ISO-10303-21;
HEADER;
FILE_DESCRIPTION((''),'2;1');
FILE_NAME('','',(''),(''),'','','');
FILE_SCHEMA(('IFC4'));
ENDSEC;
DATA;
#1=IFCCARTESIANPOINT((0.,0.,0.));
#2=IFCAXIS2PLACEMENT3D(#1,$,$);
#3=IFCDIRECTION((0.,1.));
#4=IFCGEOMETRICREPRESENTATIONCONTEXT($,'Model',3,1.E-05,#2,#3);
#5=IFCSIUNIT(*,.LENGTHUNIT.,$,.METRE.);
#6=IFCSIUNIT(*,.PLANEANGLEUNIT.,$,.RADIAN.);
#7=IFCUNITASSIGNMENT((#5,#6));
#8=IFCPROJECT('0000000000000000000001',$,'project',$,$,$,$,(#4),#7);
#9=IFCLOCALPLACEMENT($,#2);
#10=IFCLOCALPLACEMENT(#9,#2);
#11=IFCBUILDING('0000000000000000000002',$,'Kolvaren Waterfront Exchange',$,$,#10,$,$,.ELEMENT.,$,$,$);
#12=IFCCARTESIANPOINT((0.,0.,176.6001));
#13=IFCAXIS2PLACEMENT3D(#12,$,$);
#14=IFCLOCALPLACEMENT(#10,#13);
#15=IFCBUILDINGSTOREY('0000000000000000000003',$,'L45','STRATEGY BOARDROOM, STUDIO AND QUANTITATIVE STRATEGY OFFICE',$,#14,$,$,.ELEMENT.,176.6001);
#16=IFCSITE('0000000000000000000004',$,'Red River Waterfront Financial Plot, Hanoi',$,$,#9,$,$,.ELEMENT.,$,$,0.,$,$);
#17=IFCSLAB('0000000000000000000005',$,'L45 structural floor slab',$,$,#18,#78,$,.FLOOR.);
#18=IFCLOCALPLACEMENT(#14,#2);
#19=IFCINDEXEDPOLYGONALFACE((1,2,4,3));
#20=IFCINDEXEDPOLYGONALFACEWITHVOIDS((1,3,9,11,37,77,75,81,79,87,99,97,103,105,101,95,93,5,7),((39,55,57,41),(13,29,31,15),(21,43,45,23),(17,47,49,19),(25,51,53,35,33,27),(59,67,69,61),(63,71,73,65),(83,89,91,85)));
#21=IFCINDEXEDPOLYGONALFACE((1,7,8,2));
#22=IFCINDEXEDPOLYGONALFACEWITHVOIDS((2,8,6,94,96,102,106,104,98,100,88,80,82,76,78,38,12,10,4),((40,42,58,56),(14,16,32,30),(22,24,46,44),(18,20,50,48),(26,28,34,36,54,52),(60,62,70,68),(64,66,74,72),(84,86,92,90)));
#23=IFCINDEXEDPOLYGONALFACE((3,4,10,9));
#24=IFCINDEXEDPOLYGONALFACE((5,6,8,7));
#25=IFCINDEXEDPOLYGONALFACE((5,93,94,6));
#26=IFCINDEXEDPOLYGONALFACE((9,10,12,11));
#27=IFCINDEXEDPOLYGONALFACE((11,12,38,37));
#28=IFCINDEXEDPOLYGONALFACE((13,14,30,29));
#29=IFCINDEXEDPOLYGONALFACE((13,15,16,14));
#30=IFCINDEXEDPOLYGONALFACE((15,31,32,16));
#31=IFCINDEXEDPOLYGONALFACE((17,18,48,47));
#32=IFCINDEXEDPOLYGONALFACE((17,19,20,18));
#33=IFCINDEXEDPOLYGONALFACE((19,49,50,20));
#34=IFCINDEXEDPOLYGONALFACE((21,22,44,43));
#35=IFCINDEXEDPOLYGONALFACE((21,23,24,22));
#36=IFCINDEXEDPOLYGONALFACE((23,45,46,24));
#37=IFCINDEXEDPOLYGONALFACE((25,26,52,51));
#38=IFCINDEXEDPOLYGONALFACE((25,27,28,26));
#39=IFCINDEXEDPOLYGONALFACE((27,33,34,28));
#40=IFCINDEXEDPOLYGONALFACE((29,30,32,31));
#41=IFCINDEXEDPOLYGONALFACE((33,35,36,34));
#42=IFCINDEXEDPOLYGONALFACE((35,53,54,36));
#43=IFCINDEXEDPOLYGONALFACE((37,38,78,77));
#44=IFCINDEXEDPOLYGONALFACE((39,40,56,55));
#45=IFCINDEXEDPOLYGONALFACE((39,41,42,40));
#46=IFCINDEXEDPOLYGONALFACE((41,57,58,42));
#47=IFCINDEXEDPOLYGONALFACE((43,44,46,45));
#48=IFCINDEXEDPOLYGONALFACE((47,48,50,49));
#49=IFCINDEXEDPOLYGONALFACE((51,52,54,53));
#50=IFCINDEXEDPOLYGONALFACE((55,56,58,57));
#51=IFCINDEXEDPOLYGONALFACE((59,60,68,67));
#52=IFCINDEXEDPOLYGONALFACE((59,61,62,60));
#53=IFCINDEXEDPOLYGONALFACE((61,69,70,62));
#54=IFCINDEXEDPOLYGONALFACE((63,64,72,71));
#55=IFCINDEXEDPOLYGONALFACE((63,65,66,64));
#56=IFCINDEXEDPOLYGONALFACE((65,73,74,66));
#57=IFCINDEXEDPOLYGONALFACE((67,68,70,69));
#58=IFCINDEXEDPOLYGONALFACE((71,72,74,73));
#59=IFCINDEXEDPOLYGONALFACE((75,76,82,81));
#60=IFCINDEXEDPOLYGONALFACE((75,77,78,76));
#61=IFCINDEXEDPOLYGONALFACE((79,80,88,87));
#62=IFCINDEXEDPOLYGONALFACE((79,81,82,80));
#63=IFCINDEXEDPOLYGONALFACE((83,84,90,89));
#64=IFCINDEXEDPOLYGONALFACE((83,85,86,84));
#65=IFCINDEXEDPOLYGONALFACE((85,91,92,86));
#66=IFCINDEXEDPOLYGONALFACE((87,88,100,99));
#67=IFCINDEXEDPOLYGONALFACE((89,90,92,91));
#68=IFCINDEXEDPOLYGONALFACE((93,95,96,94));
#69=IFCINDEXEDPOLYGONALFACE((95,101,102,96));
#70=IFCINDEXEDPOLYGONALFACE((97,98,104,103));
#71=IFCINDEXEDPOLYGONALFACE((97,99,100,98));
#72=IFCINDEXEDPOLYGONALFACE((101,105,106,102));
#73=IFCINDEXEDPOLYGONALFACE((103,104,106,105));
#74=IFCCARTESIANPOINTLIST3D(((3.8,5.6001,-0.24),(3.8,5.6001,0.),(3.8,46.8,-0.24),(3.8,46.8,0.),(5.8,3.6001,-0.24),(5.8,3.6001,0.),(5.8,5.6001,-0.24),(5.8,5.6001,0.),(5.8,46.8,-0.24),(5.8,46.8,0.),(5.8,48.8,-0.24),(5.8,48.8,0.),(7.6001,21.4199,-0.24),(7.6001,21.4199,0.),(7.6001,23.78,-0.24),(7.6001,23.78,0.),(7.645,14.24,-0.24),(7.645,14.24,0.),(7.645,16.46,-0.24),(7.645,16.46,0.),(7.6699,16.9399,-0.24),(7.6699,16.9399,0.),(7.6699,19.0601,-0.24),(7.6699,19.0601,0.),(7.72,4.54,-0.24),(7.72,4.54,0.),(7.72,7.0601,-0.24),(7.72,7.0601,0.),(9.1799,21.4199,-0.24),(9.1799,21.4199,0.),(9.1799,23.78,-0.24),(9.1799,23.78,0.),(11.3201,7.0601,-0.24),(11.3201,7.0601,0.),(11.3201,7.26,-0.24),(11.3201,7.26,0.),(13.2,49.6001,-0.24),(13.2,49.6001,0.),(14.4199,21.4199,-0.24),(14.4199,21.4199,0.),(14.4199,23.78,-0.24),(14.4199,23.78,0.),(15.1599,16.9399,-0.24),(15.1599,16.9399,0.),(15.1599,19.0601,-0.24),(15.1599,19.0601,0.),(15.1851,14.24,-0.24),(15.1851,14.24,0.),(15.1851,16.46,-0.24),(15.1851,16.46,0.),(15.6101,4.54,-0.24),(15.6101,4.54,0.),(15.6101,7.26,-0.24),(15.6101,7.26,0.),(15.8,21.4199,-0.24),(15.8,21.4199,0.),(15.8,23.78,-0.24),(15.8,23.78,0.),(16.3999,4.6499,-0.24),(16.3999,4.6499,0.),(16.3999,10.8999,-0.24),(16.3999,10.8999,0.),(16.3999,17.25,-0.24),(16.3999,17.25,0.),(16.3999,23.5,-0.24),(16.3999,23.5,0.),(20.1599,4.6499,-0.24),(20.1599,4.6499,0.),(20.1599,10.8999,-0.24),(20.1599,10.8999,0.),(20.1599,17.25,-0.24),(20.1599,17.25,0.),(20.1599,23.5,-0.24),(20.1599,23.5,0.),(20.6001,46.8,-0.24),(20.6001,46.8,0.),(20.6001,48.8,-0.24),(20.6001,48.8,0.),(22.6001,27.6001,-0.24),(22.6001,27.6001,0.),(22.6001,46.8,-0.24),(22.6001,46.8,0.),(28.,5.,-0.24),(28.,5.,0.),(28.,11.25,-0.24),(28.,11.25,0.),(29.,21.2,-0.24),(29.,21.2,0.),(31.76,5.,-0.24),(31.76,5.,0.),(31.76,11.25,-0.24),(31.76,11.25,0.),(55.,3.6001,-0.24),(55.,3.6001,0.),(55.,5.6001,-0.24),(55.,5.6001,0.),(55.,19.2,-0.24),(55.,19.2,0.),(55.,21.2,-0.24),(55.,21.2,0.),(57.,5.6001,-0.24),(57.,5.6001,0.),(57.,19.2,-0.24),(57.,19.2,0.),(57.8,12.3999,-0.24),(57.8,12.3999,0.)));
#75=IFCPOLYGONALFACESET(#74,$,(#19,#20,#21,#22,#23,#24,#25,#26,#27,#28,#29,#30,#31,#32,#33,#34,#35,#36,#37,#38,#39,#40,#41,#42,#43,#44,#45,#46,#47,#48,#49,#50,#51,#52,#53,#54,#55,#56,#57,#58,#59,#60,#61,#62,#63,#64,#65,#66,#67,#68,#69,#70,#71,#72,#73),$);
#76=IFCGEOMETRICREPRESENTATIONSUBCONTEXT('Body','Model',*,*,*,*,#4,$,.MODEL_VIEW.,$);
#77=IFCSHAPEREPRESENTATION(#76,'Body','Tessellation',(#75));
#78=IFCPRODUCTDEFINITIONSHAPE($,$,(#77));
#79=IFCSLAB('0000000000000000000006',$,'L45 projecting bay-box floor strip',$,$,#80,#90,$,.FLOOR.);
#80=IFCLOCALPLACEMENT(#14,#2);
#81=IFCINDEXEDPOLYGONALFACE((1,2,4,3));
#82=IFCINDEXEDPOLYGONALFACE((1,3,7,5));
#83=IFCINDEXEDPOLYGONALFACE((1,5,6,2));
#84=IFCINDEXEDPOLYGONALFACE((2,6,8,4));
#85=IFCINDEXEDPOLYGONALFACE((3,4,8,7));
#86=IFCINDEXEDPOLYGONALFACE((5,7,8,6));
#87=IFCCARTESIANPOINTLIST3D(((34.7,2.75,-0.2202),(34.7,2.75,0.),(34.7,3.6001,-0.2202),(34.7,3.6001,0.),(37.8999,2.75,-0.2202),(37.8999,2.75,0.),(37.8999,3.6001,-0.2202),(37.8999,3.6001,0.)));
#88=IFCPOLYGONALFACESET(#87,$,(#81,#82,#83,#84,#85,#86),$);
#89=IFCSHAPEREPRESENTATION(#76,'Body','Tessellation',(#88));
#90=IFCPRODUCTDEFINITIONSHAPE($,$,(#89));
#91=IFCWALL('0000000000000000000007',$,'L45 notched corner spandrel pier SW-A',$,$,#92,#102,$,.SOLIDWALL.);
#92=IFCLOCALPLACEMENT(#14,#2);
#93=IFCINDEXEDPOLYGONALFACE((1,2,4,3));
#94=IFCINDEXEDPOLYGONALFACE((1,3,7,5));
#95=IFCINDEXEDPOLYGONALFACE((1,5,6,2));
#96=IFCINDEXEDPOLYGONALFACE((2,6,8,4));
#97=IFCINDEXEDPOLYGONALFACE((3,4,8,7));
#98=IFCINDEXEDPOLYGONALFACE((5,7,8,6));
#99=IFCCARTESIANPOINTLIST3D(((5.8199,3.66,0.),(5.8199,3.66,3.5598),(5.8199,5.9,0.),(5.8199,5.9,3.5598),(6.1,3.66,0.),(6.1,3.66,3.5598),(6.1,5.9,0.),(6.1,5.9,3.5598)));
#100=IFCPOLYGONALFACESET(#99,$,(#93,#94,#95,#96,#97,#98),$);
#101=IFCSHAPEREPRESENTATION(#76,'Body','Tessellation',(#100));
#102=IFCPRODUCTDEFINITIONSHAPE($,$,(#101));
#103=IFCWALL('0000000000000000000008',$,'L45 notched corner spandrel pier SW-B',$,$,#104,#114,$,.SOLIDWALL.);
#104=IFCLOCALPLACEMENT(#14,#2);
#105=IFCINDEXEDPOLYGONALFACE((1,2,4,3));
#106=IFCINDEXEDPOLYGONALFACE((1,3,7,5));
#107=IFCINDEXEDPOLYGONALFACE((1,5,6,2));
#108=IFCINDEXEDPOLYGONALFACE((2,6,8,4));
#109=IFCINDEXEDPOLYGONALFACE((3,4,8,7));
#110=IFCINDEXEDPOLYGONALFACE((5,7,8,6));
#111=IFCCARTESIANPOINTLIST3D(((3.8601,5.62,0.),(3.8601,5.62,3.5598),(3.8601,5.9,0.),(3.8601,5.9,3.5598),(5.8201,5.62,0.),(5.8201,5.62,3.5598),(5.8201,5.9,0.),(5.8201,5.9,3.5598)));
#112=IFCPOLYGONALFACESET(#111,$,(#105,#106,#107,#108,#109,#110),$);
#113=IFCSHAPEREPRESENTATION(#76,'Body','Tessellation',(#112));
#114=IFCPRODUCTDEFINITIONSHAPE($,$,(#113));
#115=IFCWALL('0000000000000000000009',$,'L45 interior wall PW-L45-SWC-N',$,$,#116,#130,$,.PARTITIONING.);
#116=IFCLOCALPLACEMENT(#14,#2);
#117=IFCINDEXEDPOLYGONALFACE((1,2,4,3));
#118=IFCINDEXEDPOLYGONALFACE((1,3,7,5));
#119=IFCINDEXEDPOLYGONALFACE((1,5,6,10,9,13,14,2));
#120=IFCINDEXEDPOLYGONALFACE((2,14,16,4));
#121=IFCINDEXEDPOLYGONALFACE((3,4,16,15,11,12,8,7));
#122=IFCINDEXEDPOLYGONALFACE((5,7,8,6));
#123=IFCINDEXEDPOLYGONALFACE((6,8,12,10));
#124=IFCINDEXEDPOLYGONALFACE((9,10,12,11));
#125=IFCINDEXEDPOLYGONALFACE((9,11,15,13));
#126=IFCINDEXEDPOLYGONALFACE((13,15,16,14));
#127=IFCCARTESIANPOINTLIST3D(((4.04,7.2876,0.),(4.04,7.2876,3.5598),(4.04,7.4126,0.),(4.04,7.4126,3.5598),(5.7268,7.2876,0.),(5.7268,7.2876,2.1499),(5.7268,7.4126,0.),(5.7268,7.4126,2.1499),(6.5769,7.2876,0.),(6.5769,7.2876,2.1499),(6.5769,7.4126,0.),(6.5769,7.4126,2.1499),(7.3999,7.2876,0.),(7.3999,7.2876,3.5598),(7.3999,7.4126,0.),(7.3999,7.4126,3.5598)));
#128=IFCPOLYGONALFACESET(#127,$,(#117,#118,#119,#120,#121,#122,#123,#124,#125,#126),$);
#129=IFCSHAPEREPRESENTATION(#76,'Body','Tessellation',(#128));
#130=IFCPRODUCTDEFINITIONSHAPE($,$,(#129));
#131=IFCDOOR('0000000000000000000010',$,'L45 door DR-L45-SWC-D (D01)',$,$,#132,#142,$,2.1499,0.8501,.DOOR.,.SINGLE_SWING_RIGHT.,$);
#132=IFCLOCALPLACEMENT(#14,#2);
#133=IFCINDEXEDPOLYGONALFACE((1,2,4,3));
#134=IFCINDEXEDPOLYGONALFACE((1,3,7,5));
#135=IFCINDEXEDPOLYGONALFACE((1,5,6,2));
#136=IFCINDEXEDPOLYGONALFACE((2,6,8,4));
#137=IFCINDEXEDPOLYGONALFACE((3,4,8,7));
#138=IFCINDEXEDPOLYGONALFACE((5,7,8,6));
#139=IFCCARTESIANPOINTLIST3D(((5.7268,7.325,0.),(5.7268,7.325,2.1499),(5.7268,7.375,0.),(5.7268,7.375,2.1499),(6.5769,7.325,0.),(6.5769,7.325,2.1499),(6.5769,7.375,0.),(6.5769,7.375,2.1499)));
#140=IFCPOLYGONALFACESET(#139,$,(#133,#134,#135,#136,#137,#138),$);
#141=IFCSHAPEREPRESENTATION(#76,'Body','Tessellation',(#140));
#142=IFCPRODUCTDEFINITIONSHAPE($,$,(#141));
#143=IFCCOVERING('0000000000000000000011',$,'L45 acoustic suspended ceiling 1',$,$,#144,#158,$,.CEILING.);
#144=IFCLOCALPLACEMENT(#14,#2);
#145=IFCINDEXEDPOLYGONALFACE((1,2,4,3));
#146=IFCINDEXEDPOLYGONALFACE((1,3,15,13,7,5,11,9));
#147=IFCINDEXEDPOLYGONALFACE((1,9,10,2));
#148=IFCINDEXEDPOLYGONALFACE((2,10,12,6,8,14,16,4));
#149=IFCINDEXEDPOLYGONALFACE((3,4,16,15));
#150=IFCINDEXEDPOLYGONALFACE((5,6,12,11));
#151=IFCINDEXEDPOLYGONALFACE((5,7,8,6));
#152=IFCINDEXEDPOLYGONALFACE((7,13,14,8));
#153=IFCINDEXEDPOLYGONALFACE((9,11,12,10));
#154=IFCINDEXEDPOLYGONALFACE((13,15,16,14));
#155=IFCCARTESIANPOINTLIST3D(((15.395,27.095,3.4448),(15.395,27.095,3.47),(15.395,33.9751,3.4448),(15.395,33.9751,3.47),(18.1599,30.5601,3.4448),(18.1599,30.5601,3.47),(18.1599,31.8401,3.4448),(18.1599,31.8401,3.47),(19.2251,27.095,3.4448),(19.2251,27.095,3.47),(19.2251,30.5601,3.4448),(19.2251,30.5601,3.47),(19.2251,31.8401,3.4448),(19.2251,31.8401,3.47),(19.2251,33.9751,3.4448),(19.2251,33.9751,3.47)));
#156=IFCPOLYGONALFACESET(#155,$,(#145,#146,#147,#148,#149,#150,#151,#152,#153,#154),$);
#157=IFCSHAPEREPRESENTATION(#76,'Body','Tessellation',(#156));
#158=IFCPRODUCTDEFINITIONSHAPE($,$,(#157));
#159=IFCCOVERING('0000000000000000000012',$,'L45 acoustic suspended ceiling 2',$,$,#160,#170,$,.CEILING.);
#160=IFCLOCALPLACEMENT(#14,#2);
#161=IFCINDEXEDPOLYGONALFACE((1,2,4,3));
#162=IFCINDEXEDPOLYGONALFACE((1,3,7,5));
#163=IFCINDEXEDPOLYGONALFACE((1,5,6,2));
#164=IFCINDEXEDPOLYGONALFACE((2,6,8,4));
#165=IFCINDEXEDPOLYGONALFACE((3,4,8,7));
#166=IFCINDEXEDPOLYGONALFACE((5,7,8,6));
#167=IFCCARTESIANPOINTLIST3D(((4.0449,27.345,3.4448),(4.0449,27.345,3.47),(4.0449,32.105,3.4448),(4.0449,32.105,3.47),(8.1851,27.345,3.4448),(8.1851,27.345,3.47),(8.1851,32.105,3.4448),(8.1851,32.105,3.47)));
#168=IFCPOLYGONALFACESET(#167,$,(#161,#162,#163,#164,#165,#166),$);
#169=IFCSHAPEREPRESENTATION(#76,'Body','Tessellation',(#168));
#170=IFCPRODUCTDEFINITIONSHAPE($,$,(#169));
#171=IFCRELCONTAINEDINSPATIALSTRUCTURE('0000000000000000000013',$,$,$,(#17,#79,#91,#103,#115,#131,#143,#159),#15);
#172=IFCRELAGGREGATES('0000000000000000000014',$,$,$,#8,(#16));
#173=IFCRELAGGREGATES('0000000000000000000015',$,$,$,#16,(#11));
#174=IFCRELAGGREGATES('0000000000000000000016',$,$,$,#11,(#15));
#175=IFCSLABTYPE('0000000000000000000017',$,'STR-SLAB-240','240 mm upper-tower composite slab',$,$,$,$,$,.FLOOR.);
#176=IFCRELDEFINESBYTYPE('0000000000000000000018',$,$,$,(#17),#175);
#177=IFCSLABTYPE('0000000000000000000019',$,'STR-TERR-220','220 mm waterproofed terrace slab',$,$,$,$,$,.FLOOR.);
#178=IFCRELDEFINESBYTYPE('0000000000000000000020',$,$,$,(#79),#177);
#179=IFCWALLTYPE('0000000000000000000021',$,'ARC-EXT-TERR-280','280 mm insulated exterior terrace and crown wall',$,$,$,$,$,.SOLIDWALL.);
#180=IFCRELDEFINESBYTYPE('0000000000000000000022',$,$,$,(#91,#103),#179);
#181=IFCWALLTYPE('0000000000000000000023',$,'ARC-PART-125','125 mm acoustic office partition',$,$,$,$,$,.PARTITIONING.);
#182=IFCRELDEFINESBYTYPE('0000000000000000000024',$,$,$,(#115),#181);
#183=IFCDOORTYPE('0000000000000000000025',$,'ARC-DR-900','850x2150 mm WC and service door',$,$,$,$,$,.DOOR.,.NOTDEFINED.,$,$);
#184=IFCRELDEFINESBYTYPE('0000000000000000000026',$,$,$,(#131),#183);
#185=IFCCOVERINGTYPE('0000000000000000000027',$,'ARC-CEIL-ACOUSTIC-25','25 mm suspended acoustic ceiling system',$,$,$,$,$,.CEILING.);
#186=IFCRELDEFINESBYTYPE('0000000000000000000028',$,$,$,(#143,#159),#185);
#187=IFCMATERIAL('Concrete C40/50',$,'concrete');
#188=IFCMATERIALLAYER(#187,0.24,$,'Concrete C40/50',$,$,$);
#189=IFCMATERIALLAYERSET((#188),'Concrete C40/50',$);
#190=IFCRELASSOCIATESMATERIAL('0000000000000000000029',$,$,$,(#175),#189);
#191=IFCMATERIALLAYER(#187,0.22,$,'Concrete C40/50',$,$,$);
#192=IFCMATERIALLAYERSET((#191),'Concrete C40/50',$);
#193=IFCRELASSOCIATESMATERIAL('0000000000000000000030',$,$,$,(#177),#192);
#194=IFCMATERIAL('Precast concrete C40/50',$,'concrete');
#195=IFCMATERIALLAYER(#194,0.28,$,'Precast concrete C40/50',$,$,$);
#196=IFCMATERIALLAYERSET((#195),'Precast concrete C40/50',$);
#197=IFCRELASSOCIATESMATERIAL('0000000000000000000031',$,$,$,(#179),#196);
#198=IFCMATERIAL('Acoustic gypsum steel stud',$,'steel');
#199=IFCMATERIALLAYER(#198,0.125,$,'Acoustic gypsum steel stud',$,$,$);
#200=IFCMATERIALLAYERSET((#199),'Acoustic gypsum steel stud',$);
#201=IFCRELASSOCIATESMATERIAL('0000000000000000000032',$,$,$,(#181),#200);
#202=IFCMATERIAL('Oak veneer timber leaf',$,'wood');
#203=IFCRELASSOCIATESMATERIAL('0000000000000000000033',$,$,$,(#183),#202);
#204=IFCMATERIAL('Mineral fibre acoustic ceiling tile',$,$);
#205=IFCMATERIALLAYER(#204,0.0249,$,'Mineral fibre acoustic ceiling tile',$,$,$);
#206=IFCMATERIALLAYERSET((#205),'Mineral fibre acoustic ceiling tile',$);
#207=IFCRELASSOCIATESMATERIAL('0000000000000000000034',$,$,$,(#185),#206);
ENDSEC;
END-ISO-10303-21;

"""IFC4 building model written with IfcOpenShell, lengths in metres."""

from ifc_helpers import new_model, si_unit, direction, frame, frame_2d, origin, place, context, subcontext, project, spatial, polyline, rectangle, outline, extrude, material, layer, layer_set, type_object, element, fill, save


model = new_model("IFC4")

# Units and contexts
model_context = context("Model", 3, precision=1e-05, world=origin(), true_north=direction((0.0, 1.0)))
body_context = subcontext(model_context, "Body", "Model", "MODEL_VIEW")
ifc_project = project(units=[si_unit("LENGTHUNIT", "METRE"), si_unit("PLANEANGLEUNIT", "RADIAN")], contexts=[model_context])

# Site, building, storey
site_placement = place(None, origin())
site = spatial("IfcSite", under=ifc_project, at=site_placement, Name="Red River Waterfront Financial Plot, Hanoi", CompositionType="ELEMENT", RefElevation=0.0)
building_placement = place(site_placement, origin())
building = spatial("IfcBuilding", under=site, at=building_placement, Name="Kolvaren Waterfront Exchange", CompositionType="ELEMENT")
storey_placement = place(building_placement, frame((0.0, 0.0, 176.6001)))
storey = spatial("IfcBuildingStorey", under=building, at=storey_placement, Name="L45", Description="STRATEGY BOARDROOM, STUDIO AND QUANTITATIVE STRATEGY OFFICE", CompositionType="ELEMENT", Elevation=176.6001)

# Shared definitions
ifc_material_1 = material(Name="Concrete C40/50", Category="concrete")

# Slabs
ifc_layer_1 = layer(ifc_material_1, 0.24, Name="Concrete C40/50")
ifc_layer_set_1 = layer_set([ifc_layer_1], Name="Concrete C40/50")
slab_type_1 = type_object("IfcSlabType", Name="STR-SLAB-240", Description="240 mm upper-tower composite slab", PredefinedType="FLOOR", material=ifc_layer_set_1)
slab_1_placement = place(storey_placement, frame((0.0, 0.0, -0.24)))
element("IfcSlab", 1, at=slab_1_placement, inside=storey, type_object=slab_type_1, Name="L45 structural floor slab", PredefinedType="FLOOR", context=body_context, shape_type="SweptSolid", body=[
    extrude(outline(polyline([(5.8, 3.6001), (55.0, 3.6001), (55.0, 5.6001), (57.0, 5.6001), (57.8, 12.3999), (57.0, 19.2), (55.0, 19.2), (55.0, 21.2), (29.0, 21.2), (22.6001, 27.6001), (22.6001, 46.8), (20.6001, 46.8), (20.6001, 48.8), (13.2, 49.6001), (5.8, 48.8), (5.8, 46.8), (3.8, 46.8), (3.8, 5.6001), (5.8, 5.6001), (5.8, 3.6001)]), holes=[polyline([(11.3201, 7.26), (15.6101, 7.26), (15.6101, 4.54), (7.72, 4.54), (7.72, 7.0601), (11.3201, 7.0601), (11.3201, 7.26)]), polyline([(20.1599, 10.8999), (20.1599, 4.6499), (16.3999, 4.6499), (16.3999, 10.8999), (20.1599, 10.8999)]), polyline([(31.76, 11.25), (31.76, 5.0), (28.0, 5.0), (28.0, 11.25), (31.76, 11.25)]), polyline([(15.1851, 14.24), (7.645, 14.24), (7.645, 16.46), (15.1851, 16.46), (15.1851, 14.24)]), polyline([(15.1599, 16.9399), (7.6699, 16.9399), (7.6699, 19.0601), (15.1599, 19.0601), (15.1599, 16.9399)]), polyline([(16.3999, 23.5), (20.1599, 23.5), (20.1599, 17.25), (16.3999, 17.25), (16.3999, 23.5)]), polyline([(7.6001, 23.78), (9.1799, 23.78), (9.1799, 21.4199), (7.6001, 21.4199), (7.6001, 23.78)]), polyline([(15.8, 23.78), (15.8, 21.4199), (14.4199, 21.4199), (14.4199, 23.78), (15.8, 23.78)])]), origin(), (0.0, 0.0, 1.0), 0.24),
])
ifc_layer_2 = layer(ifc_material_1, 0.22, Name="Concrete C40/50")
ifc_layer_set_2 = layer_set([ifc_layer_2], Name="Concrete C40/50")
slab_type_2 = type_object("IfcSlabType", Name="STR-TERR-220", Description="220 mm waterproofed terrace slab", PredefinedType="FLOOR", material=ifc_layer_set_2)
slab_2_placement = place(storey_placement, frame((0.0, 0.0, -0.2202)))
element("IfcSlab", 2, at=slab_2_placement, inside=storey, type_object=slab_type_2, Name="L45 projecting bay-box floor strip", PredefinedType="FLOOR", context=body_context, shape_type="SweptSolid", body=[
    extrude(outline(polyline([(34.7, 2.75), (37.8999, 2.75), (37.8999, 3.6001), (34.7, 3.6001), (34.7, 2.75)])), origin(), (0.0, 0.0, 1.0), 0.2202),
])

# Walls
ifc_material_2 = material(Name="Precast concrete C40/50", Category="concrete")
ifc_layer_3 = layer(ifc_material_2, 0.28, Name="Precast concrete C40/50")
ifc_layer_set_3 = layer_set([ifc_layer_3], Name="Precast concrete C40/50")
wall_type_1 = type_object("IfcWallType", Name="ARC-EXT-TERR-280", Description="280 mm insulated exterior terrace and crown wall", PredefinedType="SOLIDWALL", material=ifc_layer_set_3)
wall_1_placement = place(storey_placement, frame((5.96, 3.6599, 0.0), z_axis=(0.0, 0.0, 1.0), x_axis=(0.0, 1.0, 0.0)))
element("IfcWall", 3, at=wall_1_placement, inside=storey, type_object=wall_type_1, Name="L45 notched corner spandrel pier SW-A", PredefinedType="SOLIDWALL", context=body_context, shape_type="SweptSolid", body=[
    extrude(rectangle(XDim=2.24, YDim=0.28, at=frame_2d((1.1201, 0.0))), origin(), (0.0, 0.0, 1.0), 3.5598),
])
wall_2_placement = place(storey_placement, frame((3.8601, 5.76, 0.0), z_axis=(0.0, 0.0, 1.0), x_axis=(1.0, 0.0, 0.0)))
element("IfcWall", 4, at=wall_2_placement, inside=storey, type_object=wall_type_1, Name="L45 notched corner spandrel pier SW-B", PredefinedType="SOLIDWALL", context=body_context, shape_type="SweptSolid", body=[
    extrude(rectangle(XDim=1.96, YDim=0.28, at=frame_2d((0.98, 0.0))), origin(), (0.0, 0.0, 1.0), 3.5598),
])

# Wall, opening, door
ifc_material_3 = material(Name="Acoustic gypsum steel stud", Category="steel")
ifc_layer_4 = layer(ifc_material_3, 0.125, Name="Acoustic gypsum steel stud")
ifc_layer_set_4 = layer_set([ifc_layer_4], Name="Acoustic gypsum steel stud")
wall_type_2 = type_object("IfcWallType", Name="ARC-PART-125", Description="125 mm acoustic office partition", PredefinedType="PARTITIONING", material=ifc_layer_set_4)
wall_3_placement = place(storey_placement, frame((4.04, 7.3501, 0.0), z_axis=(0.0, 0.0, 1.0), x_axis=(1.0, 0.0, 0.0)))
wall_3 = element("IfcWall", 5, at=wall_3_placement, inside=storey, type_object=wall_type_2, Name="L45 interior wall PW-L45-SWC-N", PredefinedType="PARTITIONING", context=body_context, shape_type="SweptSolid", body=[
    extrude(rectangle(XDim=3.3599, YDim=0.125, at=frame_2d((1.6799, 0.0))), origin(), (0.0, 0.0, 1.0), 3.5598),
])
opening_placement = place(wall_3_placement, frame((1.6868, 0.0, 0.0)))
opening = element("IfcOpeningElement", 6, at=opening_placement, cuts=wall_3, PredefinedType="OPENING", context=body_context, shape_type="SweptSolid", body=[
    extrude(rectangle(XDim=0.8501, YDim=2.1499, at=frame_2d((0.425, 1.075))), frame((0.0, 0.0725, 0.0), z_axis=(0.0, -1.0, 0.0), x_axis=(1.0, 0.0, 0.0)), (0.0, 0.0, 1.0), 0.145),
])
ifc_material_4 = material(Name="Oak veneer timber leaf", Category="wood")
door_type = type_object("IfcDoorType", Name="ARC-DR-900", Description="850x2150 mm WC and service door", OperationType="NOTDEFINED", PredefinedType="DOOR", material=ifc_material_4)
door_placement = place(opening_placement, origin())
door = element("IfcDoor", 7, at=door_placement, inside=storey, type_object=door_type, Name="L45 door DR-L45-SWC-D (D01)", OperationType="SINGLE_SWING_RIGHT", OverallHeight=2.1499, OverallWidth=0.8501, PredefinedType="DOOR", context=body_context, shape_type="SweptSolid", body=[
    extrude(rectangle(XDim=0.8501, YDim=2.1499, at=frame_2d((0.425, 1.075))), frame((0.0, 0.0249, 0.0), z_axis=(0.0, -1.0, 0.0), x_axis=(1.0, 0.0, 0.0)), (0.0, 0.0, 1.0), 0.05),
])
fill(opening, door)

# Coverings
ifc_material_5 = material(Name="Mineral fibre acoustic ceiling tile")
ifc_layer_5 = layer(ifc_material_5, 0.0249, Name="Mineral fibre acoustic ceiling tile")
ifc_layer_set_5 = layer_set([ifc_layer_5], Name="Mineral fibre acoustic ceiling tile")
covering_type_1 = type_object("IfcCoveringType", Name="ARC-CEIL-ACOUSTIC-25", Description="25 mm suspended acoustic ceiling system", PredefinedType="CEILING", material=ifc_layer_set_5)
covering_1_placement = place(storey_placement, frame((0.0, 0.0, 3.4448)))
element("IfcCovering", 8, at=covering_1_placement, inside=storey, type_object=covering_type_1, Name="L45 acoustic suspended ceiling 1", PredefinedType="CEILING", context=body_context, shape_type="SweptSolid", body=[
    extrude(outline(polyline([(19.2251, 30.5601), (18.1599, 30.5601), (18.1599, 31.8401), (19.2251, 31.8401), (19.2251, 33.9751), (15.395, 33.9751), (15.395, 27.095), (19.2251, 27.095), (19.2251, 30.5601)])), origin(), (0.0, 0.0, 1.0), 0.0251),
])
covering_2_placement = place(storey_placement, frame((0.0, 0.0, 3.4448)))
element("IfcCovering", 9, at=covering_2_placement, inside=storey, type_object=covering_type_1, Name="L45 acoustic suspended ceiling 2", PredefinedType="CEILING", context=body_context, shape_type="SweptSolid", body=[
    extrude(outline(polyline([(8.1851, 27.345), (8.1851, 32.105), (4.0449, 32.105), (4.0449, 27.345), (8.1851, 27.345)])), origin(), (0.0, 0.0, 1.0), 0.0251),
])

save(model, "model.ifc")
